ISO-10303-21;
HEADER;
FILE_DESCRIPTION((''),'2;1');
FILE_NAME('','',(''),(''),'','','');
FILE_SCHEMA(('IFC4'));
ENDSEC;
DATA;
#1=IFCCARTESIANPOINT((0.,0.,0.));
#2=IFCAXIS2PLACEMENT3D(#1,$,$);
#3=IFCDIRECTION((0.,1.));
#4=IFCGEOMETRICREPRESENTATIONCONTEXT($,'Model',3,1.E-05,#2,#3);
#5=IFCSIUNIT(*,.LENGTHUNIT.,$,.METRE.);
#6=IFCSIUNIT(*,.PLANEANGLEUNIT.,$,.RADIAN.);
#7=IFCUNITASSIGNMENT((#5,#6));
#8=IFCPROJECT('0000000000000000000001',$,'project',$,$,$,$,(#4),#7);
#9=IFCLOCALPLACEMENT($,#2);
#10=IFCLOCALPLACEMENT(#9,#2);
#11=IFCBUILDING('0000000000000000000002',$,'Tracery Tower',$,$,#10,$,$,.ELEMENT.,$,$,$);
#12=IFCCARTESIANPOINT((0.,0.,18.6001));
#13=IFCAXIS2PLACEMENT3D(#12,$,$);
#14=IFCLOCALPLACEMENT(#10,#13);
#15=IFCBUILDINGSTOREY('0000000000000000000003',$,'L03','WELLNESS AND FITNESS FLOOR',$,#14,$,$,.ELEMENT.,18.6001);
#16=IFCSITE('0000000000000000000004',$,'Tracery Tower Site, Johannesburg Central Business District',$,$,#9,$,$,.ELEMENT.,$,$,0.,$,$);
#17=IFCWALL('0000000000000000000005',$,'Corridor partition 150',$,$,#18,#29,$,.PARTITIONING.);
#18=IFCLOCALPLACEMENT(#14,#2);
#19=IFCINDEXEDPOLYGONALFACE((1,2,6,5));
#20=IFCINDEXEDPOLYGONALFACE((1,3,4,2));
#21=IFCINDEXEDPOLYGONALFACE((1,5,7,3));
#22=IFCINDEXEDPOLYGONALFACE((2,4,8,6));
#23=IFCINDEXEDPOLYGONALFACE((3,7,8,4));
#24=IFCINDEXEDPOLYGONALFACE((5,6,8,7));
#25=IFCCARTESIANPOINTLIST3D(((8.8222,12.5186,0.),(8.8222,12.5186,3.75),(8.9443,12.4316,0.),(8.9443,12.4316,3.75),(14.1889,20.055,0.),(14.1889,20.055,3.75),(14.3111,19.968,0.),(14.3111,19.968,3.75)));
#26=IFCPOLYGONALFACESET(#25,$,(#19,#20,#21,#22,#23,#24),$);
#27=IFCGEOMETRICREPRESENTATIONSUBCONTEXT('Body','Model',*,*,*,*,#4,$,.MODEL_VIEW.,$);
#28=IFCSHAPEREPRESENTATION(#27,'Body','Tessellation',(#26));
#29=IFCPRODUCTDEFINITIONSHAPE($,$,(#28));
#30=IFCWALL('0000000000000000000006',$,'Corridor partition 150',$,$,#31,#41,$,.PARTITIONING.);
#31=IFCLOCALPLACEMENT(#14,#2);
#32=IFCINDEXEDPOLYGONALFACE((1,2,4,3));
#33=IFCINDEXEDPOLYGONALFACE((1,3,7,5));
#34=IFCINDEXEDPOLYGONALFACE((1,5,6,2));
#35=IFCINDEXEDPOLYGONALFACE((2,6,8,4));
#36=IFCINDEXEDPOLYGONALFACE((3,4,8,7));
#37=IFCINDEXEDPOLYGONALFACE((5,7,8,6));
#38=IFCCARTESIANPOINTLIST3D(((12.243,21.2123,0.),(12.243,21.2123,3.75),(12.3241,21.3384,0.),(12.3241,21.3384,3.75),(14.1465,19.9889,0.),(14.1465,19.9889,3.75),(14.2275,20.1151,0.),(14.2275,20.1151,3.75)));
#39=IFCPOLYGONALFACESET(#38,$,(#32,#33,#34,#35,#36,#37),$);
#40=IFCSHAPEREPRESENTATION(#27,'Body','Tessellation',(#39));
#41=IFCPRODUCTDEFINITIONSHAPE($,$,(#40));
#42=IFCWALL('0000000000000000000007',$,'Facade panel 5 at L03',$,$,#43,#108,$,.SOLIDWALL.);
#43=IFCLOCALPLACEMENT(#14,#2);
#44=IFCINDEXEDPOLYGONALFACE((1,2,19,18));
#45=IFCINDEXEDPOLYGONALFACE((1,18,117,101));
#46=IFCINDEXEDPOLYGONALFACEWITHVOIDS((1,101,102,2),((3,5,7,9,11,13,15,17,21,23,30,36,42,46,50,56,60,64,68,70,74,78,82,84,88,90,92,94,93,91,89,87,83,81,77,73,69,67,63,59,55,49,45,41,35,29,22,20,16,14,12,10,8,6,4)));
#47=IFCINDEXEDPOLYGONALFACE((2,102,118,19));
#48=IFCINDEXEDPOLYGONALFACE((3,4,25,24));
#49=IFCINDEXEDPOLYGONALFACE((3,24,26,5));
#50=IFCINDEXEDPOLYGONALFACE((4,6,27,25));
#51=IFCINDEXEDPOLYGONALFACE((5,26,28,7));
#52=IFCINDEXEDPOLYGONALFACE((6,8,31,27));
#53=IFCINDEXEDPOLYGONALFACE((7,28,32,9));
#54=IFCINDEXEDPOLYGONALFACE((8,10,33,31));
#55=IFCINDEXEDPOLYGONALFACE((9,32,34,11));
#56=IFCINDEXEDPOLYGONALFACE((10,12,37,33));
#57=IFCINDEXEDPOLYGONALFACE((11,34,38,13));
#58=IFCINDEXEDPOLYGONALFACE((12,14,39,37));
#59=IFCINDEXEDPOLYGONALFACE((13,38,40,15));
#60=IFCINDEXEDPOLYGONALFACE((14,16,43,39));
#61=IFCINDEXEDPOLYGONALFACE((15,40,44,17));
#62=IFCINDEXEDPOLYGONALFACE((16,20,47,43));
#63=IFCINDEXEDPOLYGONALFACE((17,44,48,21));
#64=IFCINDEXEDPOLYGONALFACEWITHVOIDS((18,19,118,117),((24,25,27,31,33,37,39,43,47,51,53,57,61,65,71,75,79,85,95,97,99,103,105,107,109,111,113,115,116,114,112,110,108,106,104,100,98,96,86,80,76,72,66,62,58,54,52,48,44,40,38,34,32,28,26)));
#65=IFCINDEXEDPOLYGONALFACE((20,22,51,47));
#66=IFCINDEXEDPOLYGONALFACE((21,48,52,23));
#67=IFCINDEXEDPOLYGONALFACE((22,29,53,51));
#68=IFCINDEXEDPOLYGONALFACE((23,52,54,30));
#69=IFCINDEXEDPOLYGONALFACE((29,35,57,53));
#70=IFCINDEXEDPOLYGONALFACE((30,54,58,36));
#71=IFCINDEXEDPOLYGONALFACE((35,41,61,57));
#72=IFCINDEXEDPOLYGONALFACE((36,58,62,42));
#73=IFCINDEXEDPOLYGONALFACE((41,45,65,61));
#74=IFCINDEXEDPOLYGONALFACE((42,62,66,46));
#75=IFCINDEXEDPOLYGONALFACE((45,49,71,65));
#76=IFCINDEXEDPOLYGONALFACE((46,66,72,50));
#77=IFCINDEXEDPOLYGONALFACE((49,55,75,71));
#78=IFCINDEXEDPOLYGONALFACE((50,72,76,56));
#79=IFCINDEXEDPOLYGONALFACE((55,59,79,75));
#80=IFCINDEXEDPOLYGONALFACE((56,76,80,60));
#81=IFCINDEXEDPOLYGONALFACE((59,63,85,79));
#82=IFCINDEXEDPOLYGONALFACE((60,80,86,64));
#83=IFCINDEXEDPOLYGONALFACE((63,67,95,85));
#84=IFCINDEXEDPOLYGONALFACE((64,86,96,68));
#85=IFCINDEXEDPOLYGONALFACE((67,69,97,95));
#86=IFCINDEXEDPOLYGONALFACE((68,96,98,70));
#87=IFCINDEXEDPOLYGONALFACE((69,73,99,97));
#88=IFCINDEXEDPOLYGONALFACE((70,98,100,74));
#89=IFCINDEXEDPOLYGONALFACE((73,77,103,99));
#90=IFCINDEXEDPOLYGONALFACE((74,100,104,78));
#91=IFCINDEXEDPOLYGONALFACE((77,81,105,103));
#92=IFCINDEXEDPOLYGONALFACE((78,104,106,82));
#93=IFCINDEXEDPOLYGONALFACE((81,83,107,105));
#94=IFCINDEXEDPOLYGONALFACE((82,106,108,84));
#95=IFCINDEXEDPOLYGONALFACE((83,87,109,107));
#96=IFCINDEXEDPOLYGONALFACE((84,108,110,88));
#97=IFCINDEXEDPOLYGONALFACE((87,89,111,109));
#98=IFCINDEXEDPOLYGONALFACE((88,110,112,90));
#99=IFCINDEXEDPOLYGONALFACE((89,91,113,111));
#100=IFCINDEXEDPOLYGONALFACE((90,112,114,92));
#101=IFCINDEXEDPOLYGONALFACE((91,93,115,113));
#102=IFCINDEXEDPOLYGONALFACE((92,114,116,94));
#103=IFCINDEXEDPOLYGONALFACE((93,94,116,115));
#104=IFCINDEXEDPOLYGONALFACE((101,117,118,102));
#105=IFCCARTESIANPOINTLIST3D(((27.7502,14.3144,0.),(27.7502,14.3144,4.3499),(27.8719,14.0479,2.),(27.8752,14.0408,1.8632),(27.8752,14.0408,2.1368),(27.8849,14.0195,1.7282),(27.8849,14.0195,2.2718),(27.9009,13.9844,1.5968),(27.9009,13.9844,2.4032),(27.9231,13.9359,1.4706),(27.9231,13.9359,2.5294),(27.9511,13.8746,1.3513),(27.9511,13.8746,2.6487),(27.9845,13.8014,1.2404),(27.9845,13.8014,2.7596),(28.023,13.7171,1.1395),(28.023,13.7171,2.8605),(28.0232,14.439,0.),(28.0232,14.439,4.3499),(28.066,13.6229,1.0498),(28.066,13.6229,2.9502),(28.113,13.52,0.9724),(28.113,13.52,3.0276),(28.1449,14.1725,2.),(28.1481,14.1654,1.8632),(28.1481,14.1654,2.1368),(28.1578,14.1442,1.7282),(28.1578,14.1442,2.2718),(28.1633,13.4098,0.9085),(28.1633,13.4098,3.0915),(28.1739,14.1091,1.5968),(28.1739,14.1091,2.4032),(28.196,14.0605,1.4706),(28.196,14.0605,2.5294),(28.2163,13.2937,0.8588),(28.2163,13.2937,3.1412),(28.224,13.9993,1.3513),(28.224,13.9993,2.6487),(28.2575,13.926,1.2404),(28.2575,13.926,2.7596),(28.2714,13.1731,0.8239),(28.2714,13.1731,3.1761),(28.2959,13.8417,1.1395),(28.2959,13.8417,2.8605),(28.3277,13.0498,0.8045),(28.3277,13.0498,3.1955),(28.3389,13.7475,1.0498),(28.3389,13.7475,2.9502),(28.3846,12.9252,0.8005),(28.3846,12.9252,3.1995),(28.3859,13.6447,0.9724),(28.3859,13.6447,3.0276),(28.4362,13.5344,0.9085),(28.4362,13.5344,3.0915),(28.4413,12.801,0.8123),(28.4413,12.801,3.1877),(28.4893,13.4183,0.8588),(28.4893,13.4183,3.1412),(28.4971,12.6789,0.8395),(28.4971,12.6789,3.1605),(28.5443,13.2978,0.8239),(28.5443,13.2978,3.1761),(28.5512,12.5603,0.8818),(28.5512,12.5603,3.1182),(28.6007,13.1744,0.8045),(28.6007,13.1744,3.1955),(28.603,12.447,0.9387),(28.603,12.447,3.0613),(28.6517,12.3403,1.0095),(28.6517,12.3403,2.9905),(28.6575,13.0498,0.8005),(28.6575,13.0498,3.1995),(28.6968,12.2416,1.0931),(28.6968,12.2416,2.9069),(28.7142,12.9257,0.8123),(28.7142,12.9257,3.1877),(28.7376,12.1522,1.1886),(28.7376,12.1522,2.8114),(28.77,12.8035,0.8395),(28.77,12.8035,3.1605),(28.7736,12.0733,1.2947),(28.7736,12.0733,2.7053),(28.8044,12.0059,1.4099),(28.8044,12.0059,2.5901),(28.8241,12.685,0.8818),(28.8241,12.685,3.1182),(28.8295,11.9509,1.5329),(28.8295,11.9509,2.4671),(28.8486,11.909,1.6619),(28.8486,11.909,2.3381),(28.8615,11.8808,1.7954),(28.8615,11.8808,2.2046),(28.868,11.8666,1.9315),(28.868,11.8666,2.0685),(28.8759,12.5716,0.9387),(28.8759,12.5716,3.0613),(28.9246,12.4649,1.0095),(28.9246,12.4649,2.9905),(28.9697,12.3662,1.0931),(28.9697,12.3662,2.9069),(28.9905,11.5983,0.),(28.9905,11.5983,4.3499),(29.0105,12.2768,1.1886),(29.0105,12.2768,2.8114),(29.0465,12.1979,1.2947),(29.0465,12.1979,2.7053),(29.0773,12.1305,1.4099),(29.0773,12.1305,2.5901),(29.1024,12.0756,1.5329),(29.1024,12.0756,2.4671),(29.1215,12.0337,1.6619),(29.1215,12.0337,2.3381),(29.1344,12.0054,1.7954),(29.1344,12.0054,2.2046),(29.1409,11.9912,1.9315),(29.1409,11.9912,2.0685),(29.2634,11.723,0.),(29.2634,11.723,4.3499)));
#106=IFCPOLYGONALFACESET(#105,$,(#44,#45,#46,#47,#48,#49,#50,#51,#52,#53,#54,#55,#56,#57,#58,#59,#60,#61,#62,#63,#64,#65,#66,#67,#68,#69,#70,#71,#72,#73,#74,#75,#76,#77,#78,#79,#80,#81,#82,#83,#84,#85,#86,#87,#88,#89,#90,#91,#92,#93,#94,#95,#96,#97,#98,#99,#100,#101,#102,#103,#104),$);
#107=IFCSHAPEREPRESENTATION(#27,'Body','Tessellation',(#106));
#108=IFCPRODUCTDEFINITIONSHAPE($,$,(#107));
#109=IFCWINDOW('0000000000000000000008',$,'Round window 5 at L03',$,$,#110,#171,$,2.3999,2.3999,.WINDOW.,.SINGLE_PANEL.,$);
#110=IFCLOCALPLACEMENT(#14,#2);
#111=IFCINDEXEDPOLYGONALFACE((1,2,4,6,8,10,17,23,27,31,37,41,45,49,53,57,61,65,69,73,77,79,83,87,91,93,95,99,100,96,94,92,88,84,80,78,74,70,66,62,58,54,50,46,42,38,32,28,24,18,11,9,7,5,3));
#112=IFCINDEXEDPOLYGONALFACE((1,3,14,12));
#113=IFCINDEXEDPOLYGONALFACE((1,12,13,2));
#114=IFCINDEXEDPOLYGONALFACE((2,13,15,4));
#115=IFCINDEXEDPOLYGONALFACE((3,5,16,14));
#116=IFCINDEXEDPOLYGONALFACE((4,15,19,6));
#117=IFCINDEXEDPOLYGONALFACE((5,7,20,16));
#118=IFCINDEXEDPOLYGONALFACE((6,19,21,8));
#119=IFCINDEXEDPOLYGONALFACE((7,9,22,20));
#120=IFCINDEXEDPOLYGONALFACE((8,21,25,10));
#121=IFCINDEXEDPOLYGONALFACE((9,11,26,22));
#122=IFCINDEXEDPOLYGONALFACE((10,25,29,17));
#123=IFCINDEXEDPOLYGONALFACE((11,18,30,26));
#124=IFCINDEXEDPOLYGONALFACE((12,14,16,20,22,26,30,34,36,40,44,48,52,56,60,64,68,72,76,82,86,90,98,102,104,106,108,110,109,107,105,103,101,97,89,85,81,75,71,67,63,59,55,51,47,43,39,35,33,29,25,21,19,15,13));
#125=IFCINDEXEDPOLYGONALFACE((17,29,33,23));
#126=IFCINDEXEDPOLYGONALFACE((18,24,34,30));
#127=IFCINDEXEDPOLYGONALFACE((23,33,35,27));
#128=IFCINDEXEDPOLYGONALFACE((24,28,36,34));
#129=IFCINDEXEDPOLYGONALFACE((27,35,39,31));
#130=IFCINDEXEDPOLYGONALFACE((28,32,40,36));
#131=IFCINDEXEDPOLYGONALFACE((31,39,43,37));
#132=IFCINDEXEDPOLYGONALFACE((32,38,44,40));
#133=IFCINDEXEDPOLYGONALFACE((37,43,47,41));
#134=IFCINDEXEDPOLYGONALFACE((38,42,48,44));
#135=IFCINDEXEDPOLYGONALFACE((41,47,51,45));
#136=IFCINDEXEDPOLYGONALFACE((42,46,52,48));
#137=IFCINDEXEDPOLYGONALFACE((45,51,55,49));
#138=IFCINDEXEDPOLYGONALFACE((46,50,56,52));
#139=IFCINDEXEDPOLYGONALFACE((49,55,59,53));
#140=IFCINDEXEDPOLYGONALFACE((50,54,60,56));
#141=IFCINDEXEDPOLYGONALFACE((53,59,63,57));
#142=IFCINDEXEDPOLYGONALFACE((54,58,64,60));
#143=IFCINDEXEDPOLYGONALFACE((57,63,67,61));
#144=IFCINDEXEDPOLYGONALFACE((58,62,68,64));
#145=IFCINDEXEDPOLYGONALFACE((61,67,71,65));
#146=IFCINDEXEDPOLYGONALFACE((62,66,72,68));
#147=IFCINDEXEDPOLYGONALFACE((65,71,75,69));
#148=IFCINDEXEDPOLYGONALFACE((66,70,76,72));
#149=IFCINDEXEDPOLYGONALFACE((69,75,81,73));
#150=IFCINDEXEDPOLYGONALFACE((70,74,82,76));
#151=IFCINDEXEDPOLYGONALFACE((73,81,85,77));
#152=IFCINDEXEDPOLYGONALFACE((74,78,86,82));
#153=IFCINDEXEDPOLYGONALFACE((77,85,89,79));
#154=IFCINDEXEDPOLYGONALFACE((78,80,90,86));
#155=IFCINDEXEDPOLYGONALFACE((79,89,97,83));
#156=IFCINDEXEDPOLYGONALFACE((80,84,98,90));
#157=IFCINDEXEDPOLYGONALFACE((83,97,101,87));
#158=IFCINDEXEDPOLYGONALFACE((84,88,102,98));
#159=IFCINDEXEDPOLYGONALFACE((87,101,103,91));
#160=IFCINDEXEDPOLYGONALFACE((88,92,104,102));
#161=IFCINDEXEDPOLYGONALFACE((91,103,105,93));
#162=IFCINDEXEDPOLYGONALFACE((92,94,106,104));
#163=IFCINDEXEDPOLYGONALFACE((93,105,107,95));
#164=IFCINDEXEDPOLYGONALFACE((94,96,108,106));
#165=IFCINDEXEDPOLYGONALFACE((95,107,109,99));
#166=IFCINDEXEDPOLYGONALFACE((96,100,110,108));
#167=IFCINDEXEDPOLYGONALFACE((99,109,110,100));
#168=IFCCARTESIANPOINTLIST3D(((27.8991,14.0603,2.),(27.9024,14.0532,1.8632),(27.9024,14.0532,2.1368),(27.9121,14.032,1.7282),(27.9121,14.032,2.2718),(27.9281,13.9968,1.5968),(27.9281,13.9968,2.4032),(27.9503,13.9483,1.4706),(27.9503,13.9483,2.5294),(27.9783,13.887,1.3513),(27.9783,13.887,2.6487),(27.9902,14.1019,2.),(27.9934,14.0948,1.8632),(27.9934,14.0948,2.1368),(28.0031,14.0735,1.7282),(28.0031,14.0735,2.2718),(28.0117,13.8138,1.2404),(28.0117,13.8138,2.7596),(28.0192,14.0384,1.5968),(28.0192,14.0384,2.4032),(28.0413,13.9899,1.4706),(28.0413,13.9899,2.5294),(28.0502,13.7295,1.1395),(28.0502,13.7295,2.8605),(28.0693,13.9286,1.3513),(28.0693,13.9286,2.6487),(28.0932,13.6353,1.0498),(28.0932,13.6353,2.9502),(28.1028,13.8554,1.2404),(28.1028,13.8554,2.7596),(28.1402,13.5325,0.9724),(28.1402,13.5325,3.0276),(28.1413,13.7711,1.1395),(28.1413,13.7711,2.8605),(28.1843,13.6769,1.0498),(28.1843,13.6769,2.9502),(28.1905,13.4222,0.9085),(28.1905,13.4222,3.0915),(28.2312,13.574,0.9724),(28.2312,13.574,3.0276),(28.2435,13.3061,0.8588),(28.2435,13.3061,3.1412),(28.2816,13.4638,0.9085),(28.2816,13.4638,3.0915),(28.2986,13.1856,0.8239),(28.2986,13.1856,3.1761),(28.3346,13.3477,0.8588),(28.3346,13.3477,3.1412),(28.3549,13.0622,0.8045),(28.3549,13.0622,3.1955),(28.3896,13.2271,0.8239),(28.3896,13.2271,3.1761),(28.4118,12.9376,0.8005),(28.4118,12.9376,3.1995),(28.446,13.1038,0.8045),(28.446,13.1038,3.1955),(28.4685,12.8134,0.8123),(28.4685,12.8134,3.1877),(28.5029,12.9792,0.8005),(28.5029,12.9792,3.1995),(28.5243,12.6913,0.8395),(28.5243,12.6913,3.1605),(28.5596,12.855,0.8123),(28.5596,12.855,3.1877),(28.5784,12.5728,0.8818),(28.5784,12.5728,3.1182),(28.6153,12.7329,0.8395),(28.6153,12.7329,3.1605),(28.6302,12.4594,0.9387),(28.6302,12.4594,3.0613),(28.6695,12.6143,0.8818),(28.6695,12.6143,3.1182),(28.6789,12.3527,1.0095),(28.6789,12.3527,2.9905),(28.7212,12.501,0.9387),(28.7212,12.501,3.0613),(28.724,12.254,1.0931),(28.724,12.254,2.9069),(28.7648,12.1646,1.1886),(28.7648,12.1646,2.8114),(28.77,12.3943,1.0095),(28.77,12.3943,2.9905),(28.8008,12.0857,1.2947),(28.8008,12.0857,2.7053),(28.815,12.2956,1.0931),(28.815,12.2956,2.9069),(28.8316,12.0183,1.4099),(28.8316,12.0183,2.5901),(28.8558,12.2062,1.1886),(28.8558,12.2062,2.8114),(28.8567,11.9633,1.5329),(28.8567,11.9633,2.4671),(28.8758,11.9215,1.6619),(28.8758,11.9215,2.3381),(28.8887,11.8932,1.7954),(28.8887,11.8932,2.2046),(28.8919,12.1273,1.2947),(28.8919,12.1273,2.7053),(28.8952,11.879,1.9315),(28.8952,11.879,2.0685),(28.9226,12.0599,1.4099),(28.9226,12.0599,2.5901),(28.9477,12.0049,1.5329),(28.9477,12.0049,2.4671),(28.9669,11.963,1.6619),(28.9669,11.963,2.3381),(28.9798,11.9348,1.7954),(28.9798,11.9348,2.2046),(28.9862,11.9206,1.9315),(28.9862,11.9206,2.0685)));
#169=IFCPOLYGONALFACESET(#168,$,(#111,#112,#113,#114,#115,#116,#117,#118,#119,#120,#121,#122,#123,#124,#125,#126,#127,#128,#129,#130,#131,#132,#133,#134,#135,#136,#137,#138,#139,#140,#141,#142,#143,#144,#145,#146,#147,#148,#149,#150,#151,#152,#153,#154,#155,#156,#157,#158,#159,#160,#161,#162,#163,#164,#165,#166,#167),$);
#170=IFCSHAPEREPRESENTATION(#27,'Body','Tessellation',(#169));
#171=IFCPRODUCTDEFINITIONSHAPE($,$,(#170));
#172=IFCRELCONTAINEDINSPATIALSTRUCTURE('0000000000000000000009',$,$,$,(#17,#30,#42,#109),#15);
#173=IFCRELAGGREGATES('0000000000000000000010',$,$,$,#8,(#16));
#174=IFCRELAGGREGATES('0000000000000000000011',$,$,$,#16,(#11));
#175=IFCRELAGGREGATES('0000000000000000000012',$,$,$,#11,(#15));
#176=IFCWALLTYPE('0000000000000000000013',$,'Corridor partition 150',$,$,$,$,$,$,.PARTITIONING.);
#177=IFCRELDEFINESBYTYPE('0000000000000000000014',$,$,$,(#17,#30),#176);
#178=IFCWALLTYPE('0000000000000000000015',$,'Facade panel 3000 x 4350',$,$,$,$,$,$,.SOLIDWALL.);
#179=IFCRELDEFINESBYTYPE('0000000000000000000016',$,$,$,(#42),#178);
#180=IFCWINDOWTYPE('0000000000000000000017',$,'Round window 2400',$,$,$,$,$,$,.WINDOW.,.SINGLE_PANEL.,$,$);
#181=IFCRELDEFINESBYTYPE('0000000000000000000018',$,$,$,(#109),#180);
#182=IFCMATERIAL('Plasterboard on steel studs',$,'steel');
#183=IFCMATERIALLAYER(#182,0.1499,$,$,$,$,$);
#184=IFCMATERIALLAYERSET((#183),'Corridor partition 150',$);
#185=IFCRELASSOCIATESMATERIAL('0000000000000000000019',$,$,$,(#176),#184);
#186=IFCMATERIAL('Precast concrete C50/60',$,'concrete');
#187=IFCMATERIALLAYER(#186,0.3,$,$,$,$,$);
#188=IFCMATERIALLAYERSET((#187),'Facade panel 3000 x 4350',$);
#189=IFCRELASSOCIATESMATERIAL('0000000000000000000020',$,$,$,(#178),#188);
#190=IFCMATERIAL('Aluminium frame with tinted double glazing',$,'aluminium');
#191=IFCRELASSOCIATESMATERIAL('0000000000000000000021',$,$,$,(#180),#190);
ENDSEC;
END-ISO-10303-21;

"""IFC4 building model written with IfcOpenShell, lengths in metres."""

from ifc_helpers import new_model, si_unit, direction, frame, frame_2d, origin, origin_2d, place, context, subcontext, project, spatial, rectangle, circle, extrude, material, layer, layer_set, type_object, element, fill, save


model = new_model("IFC4")

# Units and contexts
model_context = context("Model", 3, precision=1e-05, world=origin(), true_north=direction((0.0, 1.0)))
body_context = subcontext(model_context, "Body", "Model", "MODEL_VIEW")
ifc_project = project(units=[si_unit("LENGTHUNIT", "METRE"), si_unit("PLANEANGLEUNIT", "RADIAN")], contexts=[model_context])

# Site, building, storey
site_placement = place(None, origin())
site = spatial("IfcSite", under=ifc_project, at=site_placement, Name="Tracery Tower Site, Johannesburg Central Business District", CompositionType="ELEMENT", RefElevation=0.0)
building_placement = place(site_placement, origin())
building = spatial("IfcBuilding", under=site, at=building_placement, Name="Tracery Tower", CompositionType="ELEMENT")
storey_placement = place(building_placement, frame((0.0, 0.0, 18.6001)))
storey = spatial("IfcBuildingStorey", under=building, at=storey_placement, Name="L03", Description="WELLNESS AND FITNESS FLOOR", CompositionType="ELEMENT", Elevation=18.6001)

# Walls
ifc_material_1 = material(Name="Plasterboard on steel studs", Category="steel")
ifc_layer_1 = layer(ifc_material_1, 0.1499)
ifc_layer_set_1 = layer_set([ifc_layer_1], Name="Corridor partition 150")
wall_type_1 = type_object("IfcWallType", Name="Corridor partition 150", PredefinedType="PARTITIONING", material=ifc_layer_set_1)
wall_1_placement = place(storey_placement, frame((14.25, 20.0115, 0.0), z_axis=(0.0, 0.0, 1.0), x_axis=(-0.580062, -0.814572, 0.0)))
element("IfcWall", 1, at=wall_1_placement, inside=storey, type_object=wall_type_1, Name="Corridor partition 150", PredefinedType="PARTITIONING", context=body_context, shape_type="SweptSolid", body=[
    extrude(rectangle(XDim=9.252, YDim=0.1499, at=frame_2d((4.626, 0.0))), origin(), (0.0, 0.0, 1.0), 3.75),
])
wall_2_placement = place(storey_placement, frame((14.187, 20.052, 0.0), z_axis=(0.0, 0.0, 1.0), x_axis=(-0.841245, 0.540654, 0.0)))
element("IfcWall", 2, at=wall_2_placement, inside=storey, type_object=wall_type_1, Name="Corridor partition 150", PredefinedType="PARTITIONING", context=body_context, shape_type="SweptSolid", body=[
    extrude(rectangle(XDim=2.2627, YDim=0.1499, at=frame_2d((1.1313, 0.0))), origin(), (0.0, 0.0, 1.0), 3.75),
])

# Wall, opening, window
ifc_material_2 = material(Name="Precast concrete C50/60", Category="concrete")
ifc_layer_2 = layer(ifc_material_2, 0.3)
ifc_layer_set_2 = layer_set([ifc_layer_2], Name="Facade panel 3000 x 4350")
wall_type_2 = type_object("IfcWallType", Name="Facade panel 3000 x 4350", PredefinedType="SOLIDWALL", material=ifc_layer_set_2)
wall_3_placement = place(storey_placement, frame((29.127, 11.6606, 0.0), z_axis=(0.0, 0.0, 1.0), x_axis=(-0.415373, 0.909651, 0.0)))
wall_3 = element("IfcWall", 3, at=wall_3_placement, inside=storey, type_object=wall_type_2, Name="Facade panel 5 at L03", PredefinedType="SOLIDWALL", context=body_context, shape_type="SweptSolid", body=[
    extrude(rectangle(XDim=2.9858, YDim=0.3, at=frame_2d((1.4929, 0.0))), origin(), (0.0, 0.0, 1.0), 4.3499),
])
opening_1_placement = place(wall_3_placement, frame((1.4929, 0.0, 2.0)))
opening_1 = element("IfcOpeningElement", 4, at=opening_1_placement, cuts=wall_3, PredefinedType="OPENING", context=body_context, shape_type="SweptSolid", body=[
    extrude(circle(Radius=1.2, at=origin_2d()), frame((0.0, 0.1599, 0.0), z_axis=(0.0, -1.0, 0.0), x_axis=(1.0, 0.0, 0.0)), (0.0, 0.0, 1.0), 0.3201),
])
ifc_material_3 = material(Name="Aluminium frame with tinted double glazing", Category="aluminium")
window_type = type_object("IfcWindowType", Name="Round window 2400", PartitioningType="SINGLE_PANEL", PredefinedType="WINDOW", material=ifc_material_3)
window_1_placement = place(opening_1_placement, origin())
window_1 = element("IfcWindow", 5, at=window_1_placement, inside=storey, type_object=window_type, Name="Round window 5 at L03", OverallHeight=2.3999, OverallWidth=2.3999, PartitioningType="SINGLE_PANEL", PredefinedType="WINDOW", context=body_context, shape_type="SweptSolid", body=[
    extrude(circle(Radius=1.2, at=origin_2d()), frame((0.0, 0.1201, 0.0), z_axis=(0.0, -1.0, 0.0), x_axis=(1.0, 0.0, 0.0)), (0.0, 0.0, 1.0), 0.1001),
])
fill(opening_1, window_1)

save(model, "model.ifc")
